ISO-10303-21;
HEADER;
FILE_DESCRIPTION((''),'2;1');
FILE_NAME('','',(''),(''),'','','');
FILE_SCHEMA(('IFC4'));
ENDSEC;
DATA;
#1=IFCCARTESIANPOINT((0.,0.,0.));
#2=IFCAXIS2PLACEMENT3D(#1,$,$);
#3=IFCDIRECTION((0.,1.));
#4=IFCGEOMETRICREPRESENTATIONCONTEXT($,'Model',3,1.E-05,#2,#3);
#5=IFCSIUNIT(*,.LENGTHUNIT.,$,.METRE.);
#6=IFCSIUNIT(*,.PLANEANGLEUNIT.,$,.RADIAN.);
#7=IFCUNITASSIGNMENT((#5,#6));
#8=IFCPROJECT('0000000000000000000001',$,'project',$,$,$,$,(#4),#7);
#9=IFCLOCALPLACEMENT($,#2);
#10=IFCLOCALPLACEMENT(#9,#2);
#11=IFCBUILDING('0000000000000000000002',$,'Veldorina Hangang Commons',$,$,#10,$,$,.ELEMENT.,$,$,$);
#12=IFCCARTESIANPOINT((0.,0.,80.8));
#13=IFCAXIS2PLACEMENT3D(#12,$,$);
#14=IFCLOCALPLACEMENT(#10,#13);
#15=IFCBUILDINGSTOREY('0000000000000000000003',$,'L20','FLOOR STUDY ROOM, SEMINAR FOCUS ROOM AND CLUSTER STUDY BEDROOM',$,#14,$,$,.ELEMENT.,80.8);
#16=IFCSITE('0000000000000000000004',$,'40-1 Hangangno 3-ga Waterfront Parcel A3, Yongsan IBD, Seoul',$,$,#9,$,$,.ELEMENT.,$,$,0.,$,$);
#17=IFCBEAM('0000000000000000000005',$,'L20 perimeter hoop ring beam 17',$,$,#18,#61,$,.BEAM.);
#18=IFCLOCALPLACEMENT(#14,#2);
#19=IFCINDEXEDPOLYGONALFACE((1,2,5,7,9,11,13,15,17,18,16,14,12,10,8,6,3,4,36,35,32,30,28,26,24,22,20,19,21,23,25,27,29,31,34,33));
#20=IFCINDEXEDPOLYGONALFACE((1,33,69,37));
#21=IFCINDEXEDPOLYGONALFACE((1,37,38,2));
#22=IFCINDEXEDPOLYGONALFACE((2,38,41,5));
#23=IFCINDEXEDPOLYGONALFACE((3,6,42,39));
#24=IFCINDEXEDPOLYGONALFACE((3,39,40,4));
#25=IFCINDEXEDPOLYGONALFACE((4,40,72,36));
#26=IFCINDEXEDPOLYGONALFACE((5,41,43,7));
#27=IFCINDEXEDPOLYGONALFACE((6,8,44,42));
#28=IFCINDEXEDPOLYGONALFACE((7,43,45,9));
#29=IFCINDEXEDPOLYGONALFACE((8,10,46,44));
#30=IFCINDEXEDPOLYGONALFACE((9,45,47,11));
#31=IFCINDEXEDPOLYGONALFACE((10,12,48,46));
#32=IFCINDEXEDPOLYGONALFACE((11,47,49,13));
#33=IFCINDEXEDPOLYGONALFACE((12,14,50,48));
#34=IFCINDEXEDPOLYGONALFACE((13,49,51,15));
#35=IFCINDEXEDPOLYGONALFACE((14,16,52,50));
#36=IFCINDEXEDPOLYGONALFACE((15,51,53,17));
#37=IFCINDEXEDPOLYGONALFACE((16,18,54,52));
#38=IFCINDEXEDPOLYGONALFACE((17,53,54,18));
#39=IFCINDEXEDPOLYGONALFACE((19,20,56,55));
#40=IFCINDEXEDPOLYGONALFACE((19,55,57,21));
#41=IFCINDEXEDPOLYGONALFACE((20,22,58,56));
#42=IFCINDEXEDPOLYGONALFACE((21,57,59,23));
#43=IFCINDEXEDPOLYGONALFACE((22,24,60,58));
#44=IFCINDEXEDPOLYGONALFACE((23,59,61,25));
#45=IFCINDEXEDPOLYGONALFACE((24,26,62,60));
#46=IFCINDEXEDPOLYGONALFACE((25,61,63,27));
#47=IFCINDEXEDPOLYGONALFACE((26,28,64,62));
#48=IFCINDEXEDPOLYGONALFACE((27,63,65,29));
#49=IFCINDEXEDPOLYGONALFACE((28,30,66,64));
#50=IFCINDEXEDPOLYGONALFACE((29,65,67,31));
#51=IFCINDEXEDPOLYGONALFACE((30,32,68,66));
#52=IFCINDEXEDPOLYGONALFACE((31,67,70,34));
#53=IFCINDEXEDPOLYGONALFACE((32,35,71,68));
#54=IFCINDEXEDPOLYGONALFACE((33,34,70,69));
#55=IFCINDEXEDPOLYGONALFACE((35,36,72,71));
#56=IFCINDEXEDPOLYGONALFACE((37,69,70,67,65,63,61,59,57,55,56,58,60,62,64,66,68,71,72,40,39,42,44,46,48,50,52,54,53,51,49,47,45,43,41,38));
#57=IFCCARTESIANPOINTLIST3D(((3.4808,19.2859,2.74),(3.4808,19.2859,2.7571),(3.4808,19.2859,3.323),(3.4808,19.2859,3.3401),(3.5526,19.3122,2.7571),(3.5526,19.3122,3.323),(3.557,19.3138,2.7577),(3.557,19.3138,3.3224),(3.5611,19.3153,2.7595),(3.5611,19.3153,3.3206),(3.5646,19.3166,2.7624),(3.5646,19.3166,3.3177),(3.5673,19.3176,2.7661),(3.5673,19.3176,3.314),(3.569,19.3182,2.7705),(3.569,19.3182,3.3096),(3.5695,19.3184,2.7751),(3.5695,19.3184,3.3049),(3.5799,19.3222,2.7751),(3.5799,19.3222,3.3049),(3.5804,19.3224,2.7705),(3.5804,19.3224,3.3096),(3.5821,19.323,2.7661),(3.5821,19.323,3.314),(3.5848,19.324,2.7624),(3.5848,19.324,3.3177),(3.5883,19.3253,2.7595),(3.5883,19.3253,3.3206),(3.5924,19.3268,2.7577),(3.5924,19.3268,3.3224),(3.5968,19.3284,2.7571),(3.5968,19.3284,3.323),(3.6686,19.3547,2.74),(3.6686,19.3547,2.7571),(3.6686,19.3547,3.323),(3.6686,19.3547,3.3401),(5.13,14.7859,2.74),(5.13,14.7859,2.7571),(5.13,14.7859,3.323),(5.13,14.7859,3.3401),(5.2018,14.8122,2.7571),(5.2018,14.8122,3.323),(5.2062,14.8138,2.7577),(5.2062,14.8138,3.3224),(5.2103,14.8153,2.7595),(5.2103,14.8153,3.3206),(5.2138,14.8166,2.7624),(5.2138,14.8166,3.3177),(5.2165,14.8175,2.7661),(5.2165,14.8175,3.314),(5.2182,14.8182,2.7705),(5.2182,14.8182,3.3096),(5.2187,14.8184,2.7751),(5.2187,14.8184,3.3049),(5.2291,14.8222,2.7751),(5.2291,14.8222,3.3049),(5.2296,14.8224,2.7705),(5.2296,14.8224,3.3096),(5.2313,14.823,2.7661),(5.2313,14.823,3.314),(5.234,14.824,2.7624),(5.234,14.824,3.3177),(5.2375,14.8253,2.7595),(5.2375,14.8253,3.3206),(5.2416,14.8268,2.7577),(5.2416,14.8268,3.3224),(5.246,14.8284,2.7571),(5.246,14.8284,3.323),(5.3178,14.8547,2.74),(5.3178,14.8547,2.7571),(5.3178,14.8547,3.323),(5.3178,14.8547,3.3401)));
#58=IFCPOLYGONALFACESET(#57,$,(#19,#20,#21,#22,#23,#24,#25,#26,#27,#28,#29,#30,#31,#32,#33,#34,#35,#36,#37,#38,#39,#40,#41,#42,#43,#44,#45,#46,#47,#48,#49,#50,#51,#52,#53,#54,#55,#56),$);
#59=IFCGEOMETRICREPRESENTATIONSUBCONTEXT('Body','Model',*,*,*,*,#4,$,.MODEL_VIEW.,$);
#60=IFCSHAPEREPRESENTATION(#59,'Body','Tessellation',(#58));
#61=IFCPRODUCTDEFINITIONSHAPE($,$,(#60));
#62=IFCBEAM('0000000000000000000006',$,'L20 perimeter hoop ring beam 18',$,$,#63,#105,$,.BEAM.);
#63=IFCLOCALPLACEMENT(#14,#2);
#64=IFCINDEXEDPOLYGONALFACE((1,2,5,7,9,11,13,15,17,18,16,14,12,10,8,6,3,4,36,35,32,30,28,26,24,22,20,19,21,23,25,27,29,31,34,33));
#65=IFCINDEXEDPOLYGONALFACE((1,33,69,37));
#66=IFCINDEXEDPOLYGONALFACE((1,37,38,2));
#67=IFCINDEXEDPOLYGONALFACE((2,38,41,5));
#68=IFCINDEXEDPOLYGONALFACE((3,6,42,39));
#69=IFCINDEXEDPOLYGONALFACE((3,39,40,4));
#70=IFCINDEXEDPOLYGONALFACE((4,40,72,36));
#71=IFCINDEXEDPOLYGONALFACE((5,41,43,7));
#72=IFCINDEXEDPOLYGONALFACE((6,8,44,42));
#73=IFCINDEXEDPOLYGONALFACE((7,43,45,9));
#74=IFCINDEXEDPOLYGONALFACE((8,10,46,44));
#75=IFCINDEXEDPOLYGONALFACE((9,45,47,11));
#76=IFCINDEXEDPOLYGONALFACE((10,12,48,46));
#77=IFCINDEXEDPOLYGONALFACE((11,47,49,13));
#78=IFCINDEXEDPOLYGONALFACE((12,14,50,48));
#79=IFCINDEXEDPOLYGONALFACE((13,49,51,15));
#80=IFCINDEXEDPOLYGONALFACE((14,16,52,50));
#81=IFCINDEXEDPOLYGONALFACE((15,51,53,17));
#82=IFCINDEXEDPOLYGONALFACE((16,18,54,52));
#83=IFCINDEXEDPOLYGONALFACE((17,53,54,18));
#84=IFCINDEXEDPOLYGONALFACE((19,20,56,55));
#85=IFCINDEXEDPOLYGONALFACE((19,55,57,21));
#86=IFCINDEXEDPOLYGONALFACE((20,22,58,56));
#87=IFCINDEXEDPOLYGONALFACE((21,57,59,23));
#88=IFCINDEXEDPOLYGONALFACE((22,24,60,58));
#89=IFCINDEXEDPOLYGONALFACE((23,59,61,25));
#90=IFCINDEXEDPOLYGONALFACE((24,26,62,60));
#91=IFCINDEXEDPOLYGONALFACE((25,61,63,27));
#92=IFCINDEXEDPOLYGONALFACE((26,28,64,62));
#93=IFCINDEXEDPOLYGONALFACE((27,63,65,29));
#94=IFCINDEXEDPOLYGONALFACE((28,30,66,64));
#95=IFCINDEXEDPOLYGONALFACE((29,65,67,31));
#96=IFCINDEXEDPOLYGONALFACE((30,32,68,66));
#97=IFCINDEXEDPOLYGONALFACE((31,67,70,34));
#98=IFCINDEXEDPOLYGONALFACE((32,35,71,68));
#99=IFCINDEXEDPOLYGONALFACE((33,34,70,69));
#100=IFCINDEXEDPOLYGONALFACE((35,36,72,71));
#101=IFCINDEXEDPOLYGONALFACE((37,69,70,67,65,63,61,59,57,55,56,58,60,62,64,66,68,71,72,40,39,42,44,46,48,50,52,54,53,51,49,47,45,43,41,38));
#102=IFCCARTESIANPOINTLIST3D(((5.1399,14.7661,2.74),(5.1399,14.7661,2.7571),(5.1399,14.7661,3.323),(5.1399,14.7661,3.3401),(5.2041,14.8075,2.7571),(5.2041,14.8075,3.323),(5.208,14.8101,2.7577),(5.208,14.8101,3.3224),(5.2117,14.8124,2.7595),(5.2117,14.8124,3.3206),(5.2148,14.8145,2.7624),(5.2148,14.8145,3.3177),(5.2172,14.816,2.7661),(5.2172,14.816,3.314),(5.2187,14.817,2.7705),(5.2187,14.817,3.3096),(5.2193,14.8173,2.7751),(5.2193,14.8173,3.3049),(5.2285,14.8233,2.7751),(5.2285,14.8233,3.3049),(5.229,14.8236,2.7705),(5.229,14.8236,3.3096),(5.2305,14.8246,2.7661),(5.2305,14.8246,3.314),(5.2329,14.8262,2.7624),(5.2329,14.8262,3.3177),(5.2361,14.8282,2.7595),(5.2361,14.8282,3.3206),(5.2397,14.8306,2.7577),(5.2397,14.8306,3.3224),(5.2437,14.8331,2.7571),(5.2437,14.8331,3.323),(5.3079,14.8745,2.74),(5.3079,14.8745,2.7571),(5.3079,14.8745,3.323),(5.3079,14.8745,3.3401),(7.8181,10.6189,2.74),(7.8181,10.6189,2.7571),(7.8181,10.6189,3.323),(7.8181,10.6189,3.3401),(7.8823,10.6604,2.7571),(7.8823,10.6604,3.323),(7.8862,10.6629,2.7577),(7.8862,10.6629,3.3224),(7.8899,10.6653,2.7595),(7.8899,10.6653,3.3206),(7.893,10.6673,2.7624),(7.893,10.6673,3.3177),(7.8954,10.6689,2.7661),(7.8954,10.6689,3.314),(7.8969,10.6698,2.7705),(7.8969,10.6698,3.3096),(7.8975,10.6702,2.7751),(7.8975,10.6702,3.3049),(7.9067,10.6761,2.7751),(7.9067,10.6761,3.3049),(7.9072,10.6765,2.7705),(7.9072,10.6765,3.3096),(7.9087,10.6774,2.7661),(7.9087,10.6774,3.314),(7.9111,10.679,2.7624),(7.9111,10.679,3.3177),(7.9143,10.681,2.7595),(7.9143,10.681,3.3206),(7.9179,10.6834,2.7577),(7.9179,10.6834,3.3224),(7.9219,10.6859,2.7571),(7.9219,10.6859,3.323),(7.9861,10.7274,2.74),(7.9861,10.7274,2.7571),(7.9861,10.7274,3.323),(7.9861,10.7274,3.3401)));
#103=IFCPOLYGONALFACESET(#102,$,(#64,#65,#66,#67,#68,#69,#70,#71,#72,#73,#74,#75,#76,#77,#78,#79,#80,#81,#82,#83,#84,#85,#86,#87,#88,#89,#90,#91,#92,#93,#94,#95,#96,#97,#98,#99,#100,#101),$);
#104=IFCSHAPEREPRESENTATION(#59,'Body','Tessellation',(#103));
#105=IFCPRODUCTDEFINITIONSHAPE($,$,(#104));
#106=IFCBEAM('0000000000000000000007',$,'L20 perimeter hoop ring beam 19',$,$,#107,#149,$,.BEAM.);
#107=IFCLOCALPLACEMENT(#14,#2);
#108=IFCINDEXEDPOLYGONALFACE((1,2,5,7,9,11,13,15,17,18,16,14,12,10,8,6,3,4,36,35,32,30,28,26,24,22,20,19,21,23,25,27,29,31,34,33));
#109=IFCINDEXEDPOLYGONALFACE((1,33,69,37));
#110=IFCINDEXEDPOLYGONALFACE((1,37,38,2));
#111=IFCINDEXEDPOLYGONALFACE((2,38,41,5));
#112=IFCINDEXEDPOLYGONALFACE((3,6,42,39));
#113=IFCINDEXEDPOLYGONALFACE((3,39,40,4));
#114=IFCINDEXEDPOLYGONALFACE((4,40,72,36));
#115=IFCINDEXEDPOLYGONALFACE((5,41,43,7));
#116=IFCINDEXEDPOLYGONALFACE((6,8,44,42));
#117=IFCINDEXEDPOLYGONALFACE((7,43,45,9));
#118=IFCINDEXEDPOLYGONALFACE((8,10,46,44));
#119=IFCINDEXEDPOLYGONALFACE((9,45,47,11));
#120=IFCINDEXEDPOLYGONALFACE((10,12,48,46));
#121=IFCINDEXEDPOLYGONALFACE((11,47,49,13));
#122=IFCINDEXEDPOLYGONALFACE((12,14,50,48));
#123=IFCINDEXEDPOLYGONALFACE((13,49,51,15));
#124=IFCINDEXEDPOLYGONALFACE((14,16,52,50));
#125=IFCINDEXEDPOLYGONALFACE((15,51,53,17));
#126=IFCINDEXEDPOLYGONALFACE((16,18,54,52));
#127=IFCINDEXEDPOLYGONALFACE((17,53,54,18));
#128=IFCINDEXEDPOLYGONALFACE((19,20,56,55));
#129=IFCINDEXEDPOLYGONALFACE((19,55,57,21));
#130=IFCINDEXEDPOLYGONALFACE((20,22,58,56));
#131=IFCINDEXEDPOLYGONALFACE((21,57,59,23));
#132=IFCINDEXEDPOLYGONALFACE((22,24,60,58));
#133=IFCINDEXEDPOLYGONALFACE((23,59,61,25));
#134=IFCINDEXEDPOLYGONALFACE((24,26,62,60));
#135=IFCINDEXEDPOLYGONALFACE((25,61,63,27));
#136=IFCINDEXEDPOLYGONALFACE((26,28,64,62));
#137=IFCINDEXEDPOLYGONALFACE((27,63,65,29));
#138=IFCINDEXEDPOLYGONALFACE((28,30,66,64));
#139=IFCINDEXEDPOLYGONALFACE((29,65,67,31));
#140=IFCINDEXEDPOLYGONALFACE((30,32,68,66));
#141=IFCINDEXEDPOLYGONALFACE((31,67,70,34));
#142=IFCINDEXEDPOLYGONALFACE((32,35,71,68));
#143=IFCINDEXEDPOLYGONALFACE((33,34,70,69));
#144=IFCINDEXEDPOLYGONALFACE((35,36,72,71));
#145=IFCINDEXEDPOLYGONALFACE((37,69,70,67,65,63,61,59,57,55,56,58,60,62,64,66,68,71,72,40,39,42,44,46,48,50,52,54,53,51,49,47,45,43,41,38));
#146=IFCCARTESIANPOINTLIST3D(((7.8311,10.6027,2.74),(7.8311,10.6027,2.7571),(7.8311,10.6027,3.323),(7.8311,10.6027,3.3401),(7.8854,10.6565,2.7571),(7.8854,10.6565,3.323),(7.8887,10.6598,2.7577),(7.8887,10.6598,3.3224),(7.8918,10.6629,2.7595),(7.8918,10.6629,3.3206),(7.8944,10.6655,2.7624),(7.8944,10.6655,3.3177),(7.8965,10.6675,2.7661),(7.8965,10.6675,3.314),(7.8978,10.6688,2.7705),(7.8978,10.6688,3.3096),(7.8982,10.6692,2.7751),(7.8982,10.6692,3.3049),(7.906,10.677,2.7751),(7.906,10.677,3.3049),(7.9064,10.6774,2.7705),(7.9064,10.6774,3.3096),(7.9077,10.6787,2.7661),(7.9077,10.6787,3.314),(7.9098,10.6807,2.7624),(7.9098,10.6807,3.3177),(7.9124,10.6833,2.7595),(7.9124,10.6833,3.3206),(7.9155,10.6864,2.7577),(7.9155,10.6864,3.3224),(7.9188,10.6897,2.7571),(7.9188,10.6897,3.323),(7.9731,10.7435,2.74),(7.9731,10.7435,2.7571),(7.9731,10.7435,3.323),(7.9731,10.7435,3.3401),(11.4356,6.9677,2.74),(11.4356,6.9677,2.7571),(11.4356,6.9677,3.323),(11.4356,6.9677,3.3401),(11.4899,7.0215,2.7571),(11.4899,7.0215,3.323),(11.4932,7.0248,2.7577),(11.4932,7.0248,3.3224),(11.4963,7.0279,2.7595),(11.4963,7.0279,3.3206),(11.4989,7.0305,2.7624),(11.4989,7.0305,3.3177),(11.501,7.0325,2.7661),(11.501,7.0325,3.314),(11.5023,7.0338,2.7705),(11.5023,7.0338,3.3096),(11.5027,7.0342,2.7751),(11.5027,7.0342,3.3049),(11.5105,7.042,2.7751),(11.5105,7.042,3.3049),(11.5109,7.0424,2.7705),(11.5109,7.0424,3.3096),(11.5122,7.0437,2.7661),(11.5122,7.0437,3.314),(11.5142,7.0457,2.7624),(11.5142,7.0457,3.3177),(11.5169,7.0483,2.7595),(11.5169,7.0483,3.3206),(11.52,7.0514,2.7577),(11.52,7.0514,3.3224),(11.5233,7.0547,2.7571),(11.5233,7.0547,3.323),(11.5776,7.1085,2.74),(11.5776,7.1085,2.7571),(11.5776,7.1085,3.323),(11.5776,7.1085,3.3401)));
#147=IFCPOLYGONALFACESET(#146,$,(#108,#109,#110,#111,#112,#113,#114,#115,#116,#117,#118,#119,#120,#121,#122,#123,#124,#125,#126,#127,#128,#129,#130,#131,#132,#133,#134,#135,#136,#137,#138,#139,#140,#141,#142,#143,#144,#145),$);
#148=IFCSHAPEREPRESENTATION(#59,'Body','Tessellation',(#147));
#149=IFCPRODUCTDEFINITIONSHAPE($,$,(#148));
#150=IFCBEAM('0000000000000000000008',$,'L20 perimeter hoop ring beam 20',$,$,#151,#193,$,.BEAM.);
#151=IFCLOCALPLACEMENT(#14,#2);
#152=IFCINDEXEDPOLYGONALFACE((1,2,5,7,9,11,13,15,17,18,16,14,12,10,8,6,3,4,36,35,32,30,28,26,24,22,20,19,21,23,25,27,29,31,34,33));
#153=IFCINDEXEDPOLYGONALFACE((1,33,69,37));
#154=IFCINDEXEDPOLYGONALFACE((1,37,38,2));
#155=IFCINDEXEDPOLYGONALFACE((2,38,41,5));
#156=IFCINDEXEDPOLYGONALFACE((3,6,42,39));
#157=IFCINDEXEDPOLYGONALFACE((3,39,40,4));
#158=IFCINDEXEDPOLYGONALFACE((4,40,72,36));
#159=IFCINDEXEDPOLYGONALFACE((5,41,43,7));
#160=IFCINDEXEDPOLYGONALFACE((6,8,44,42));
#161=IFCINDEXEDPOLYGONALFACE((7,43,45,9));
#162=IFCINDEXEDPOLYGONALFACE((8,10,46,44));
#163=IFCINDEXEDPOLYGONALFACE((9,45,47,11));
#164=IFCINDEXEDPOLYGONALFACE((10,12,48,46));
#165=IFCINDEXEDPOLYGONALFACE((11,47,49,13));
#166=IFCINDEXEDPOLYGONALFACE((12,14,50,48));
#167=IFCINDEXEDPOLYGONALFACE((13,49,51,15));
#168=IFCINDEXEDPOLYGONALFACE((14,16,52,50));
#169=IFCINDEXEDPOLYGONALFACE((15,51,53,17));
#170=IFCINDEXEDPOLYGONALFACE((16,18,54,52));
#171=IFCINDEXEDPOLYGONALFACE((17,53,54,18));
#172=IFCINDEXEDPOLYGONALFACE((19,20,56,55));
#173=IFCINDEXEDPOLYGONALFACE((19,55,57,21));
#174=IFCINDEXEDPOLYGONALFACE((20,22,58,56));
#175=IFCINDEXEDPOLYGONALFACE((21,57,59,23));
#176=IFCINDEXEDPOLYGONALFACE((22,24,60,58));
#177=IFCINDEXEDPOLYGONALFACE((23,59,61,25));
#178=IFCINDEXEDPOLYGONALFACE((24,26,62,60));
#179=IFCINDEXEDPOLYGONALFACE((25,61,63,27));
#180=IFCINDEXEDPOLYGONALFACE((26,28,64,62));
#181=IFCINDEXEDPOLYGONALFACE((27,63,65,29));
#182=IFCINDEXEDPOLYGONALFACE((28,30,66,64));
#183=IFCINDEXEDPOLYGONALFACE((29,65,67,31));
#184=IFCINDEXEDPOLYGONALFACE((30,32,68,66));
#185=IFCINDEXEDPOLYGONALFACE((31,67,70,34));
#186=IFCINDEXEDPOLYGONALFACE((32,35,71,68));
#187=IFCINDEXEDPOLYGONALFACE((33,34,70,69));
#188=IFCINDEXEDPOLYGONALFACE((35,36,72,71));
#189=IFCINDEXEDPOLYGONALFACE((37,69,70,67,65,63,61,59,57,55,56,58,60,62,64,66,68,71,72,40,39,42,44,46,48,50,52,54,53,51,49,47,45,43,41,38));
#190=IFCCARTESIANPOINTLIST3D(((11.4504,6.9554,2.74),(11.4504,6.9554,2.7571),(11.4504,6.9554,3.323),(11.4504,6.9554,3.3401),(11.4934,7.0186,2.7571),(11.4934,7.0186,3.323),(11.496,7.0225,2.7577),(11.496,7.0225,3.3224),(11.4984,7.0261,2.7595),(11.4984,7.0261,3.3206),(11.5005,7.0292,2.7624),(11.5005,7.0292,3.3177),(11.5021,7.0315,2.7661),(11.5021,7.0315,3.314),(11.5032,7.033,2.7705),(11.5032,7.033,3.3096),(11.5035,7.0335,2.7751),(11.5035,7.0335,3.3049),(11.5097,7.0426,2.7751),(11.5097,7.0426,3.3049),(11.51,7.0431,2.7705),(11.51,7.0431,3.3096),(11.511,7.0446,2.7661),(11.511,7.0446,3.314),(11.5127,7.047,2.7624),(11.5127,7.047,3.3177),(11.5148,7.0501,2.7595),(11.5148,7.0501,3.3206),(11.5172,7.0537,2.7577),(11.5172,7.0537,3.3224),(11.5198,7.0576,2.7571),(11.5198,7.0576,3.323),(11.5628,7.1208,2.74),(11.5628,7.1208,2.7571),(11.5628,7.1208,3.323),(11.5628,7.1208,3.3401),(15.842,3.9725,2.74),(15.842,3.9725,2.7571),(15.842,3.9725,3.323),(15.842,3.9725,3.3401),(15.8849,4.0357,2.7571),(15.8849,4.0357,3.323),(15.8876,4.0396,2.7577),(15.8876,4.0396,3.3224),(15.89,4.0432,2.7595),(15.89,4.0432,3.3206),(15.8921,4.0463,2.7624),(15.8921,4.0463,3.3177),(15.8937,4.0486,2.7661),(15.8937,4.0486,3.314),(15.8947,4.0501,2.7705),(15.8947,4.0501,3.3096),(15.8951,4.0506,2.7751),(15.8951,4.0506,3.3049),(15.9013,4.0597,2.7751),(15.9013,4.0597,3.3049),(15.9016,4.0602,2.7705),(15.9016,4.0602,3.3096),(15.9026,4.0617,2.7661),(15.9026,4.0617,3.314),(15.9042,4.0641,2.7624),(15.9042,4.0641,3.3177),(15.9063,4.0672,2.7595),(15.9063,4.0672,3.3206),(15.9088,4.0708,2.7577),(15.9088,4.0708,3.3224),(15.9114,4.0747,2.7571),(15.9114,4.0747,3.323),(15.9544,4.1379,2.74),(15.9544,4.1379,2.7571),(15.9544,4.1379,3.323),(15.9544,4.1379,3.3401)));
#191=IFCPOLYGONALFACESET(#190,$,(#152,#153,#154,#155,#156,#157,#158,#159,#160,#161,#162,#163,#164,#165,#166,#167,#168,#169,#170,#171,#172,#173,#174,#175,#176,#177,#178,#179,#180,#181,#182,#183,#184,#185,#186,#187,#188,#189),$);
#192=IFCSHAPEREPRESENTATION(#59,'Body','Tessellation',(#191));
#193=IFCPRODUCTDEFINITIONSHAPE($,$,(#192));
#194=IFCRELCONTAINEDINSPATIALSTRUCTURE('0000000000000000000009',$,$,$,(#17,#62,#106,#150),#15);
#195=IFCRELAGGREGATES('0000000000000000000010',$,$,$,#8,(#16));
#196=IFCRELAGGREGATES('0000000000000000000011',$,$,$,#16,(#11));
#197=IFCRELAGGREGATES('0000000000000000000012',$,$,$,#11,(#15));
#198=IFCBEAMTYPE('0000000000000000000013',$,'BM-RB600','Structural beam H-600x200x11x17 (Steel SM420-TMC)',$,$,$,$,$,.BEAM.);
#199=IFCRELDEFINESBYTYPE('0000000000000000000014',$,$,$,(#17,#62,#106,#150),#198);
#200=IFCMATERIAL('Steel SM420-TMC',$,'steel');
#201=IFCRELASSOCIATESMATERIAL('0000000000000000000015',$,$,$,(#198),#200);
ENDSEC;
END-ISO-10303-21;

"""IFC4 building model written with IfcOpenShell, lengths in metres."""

from ifc_helpers import new_model, si_unit, direction, frame, origin, origin_2d, place, context, subcontext, project, spatial, i_section, extrude, material, material_profile, profile_set, type_object, element, save


model = new_model("IFC4")

# Units and contexts
model_context = context("Model", 3, precision=1e-05, world=origin(), true_north=direction((0.0, 1.0)))
body_context = subcontext(model_context, "Body", "Model", "MODEL_VIEW")
ifc_project = project(units=[si_unit("LENGTHUNIT", "METRE"), si_unit("PLANEANGLEUNIT", "RADIAN")], contexts=[model_context])

# Site, building, storey
site_placement = place(None, origin())
site = spatial("IfcSite", under=ifc_project, at=site_placement, Name="40-1 Hangangno 3-ga Waterfront Parcel A3, Yongsan IBD, Seoul", CompositionType="ELEMENT", RefElevation=0.0)
building_placement = place(site_placement, origin())
building = spatial("IfcBuilding", under=site, at=building_placement, Name="Veldorina Hangang Commons", CompositionType="ELEMENT")
storey_placement = place(building_placement, frame((0.0, 0.0, 80.8)))
storey = spatial("IfcBuildingStorey", under=building, at=storey_placement, Name="L20", Description="FLOOR STUDY ROOM, SEMINAR FOCUS ROOM AND CLUSTER STUDY BEDROOM", CompositionType="ELEMENT", Elevation=80.8)

# Beams
ifc_material_1 = material(Name="Steel SM420-TMC", Category="steel")
ifc_material_profile_1 = material_profile(ifc_material_1, i_section(OverallWidth=0.2, OverallDepth=0.6001, WebThickness=0.011, FlangeThickness=0.0171, FilletRadius=0.0181, at=origin_2d()), Name="H-600x200x11x17")
ifc_profile_set_1 = profile_set([ifc_material_profile_1], Name="Steel SM420-TMC")
beam_type = type_object("IfcBeamType", Name="BM-RB600", Description="Structural beam H-600x200x11x17 (Steel SM420-TMC)", PredefinedType="BEAM", material=ifc_profile_set_1)
beam_1_placement = place(storey_placement, frame((3.5747, 19.3203, 3.04), z_axis=(0.344102, -0.938932, 0.0), x_axis=(0.938932, 0.344102, 0.0)))
element("IfcBeam", 1, at=beam_1_placement, inside=storey, type_object=beam_type, Name="L20 perimeter hoop ring beam 17", PredefinedType="BEAM", context=body_context, shape_type="SweptSolid", body=[
    extrude(i_section(OverallWidth=0.2, OverallDepth=0.6001, WebThickness=0.011, FlangeThickness=0.0171, FilletRadius=0.0181, at=origin_2d()), origin(), (0.0, 0.0, 1.0), 4.7927),
])
beam_2_placement = place(storey_placement, frame((5.2239, 14.8203, 3.04), z_axis=(0.542499, -0.840057, 0.0), x_axis=(0.840057, 0.542499, 0.0)))
element("IfcBeam", 2, at=beam_2_placement, inside=storey, type_object=beam_type, Name="L20 perimeter hoop ring beam 18", PredefinedType="BEAM", context=body_context, shape_type="SweptSolid", body=[
    extrude(i_section(OverallWidth=0.2, OverallDepth=0.6001, WebThickness=0.011, FlangeThickness=0.0171, FilletRadius=0.0181, at=origin_2d()), origin(), (0.0, 0.0, 1.0), 4.9368),
])
beam_3_placement = place(storey_placement, frame((7.9021, 10.6731, 3.04), z_axis=(0.70412, -0.710081, 0.0), x_axis=(0.710081, 0.70412, 0.0)))
element("IfcBeam", 3, at=beam_3_placement, inside=storey, type_object=beam_type, Name="L20 perimeter hoop ring beam 19", PredefinedType="BEAM", context=body_context, shape_type="SweptSolid", body=[
    extrude(i_section(OverallWidth=0.2, OverallDepth=0.6001, WebThickness=0.011, FlangeThickness=0.0171, FilletRadius=0.0181, at=origin_2d()), origin(), (0.0, 0.0, 1.0), 5.1191),
])
beam_4_placement = place(storey_placement, frame((11.5066, 7.0381, 3.04), z_axis=(0.827222, -0.561875, 0.0), x_axis=(0.561875, 0.827222, 0.0)))
element("IfcBeam", 4, at=beam_4_placement, inside=storey, type_object=beam_type, Name="L20 perimeter hoop ring beam 20", PredefinedType="BEAM", context=body_context, shape_type="SweptSolid", body=[
    extrude(i_section(OverallWidth=0.2, OverallDepth=0.6001, WebThickness=0.011, FlangeThickness=0.0171, FilletRadius=0.0181, at=origin_2d()), origin(), (0.0, 0.0, 1.0), 5.3088),
])

save(model, "model.ifc")
